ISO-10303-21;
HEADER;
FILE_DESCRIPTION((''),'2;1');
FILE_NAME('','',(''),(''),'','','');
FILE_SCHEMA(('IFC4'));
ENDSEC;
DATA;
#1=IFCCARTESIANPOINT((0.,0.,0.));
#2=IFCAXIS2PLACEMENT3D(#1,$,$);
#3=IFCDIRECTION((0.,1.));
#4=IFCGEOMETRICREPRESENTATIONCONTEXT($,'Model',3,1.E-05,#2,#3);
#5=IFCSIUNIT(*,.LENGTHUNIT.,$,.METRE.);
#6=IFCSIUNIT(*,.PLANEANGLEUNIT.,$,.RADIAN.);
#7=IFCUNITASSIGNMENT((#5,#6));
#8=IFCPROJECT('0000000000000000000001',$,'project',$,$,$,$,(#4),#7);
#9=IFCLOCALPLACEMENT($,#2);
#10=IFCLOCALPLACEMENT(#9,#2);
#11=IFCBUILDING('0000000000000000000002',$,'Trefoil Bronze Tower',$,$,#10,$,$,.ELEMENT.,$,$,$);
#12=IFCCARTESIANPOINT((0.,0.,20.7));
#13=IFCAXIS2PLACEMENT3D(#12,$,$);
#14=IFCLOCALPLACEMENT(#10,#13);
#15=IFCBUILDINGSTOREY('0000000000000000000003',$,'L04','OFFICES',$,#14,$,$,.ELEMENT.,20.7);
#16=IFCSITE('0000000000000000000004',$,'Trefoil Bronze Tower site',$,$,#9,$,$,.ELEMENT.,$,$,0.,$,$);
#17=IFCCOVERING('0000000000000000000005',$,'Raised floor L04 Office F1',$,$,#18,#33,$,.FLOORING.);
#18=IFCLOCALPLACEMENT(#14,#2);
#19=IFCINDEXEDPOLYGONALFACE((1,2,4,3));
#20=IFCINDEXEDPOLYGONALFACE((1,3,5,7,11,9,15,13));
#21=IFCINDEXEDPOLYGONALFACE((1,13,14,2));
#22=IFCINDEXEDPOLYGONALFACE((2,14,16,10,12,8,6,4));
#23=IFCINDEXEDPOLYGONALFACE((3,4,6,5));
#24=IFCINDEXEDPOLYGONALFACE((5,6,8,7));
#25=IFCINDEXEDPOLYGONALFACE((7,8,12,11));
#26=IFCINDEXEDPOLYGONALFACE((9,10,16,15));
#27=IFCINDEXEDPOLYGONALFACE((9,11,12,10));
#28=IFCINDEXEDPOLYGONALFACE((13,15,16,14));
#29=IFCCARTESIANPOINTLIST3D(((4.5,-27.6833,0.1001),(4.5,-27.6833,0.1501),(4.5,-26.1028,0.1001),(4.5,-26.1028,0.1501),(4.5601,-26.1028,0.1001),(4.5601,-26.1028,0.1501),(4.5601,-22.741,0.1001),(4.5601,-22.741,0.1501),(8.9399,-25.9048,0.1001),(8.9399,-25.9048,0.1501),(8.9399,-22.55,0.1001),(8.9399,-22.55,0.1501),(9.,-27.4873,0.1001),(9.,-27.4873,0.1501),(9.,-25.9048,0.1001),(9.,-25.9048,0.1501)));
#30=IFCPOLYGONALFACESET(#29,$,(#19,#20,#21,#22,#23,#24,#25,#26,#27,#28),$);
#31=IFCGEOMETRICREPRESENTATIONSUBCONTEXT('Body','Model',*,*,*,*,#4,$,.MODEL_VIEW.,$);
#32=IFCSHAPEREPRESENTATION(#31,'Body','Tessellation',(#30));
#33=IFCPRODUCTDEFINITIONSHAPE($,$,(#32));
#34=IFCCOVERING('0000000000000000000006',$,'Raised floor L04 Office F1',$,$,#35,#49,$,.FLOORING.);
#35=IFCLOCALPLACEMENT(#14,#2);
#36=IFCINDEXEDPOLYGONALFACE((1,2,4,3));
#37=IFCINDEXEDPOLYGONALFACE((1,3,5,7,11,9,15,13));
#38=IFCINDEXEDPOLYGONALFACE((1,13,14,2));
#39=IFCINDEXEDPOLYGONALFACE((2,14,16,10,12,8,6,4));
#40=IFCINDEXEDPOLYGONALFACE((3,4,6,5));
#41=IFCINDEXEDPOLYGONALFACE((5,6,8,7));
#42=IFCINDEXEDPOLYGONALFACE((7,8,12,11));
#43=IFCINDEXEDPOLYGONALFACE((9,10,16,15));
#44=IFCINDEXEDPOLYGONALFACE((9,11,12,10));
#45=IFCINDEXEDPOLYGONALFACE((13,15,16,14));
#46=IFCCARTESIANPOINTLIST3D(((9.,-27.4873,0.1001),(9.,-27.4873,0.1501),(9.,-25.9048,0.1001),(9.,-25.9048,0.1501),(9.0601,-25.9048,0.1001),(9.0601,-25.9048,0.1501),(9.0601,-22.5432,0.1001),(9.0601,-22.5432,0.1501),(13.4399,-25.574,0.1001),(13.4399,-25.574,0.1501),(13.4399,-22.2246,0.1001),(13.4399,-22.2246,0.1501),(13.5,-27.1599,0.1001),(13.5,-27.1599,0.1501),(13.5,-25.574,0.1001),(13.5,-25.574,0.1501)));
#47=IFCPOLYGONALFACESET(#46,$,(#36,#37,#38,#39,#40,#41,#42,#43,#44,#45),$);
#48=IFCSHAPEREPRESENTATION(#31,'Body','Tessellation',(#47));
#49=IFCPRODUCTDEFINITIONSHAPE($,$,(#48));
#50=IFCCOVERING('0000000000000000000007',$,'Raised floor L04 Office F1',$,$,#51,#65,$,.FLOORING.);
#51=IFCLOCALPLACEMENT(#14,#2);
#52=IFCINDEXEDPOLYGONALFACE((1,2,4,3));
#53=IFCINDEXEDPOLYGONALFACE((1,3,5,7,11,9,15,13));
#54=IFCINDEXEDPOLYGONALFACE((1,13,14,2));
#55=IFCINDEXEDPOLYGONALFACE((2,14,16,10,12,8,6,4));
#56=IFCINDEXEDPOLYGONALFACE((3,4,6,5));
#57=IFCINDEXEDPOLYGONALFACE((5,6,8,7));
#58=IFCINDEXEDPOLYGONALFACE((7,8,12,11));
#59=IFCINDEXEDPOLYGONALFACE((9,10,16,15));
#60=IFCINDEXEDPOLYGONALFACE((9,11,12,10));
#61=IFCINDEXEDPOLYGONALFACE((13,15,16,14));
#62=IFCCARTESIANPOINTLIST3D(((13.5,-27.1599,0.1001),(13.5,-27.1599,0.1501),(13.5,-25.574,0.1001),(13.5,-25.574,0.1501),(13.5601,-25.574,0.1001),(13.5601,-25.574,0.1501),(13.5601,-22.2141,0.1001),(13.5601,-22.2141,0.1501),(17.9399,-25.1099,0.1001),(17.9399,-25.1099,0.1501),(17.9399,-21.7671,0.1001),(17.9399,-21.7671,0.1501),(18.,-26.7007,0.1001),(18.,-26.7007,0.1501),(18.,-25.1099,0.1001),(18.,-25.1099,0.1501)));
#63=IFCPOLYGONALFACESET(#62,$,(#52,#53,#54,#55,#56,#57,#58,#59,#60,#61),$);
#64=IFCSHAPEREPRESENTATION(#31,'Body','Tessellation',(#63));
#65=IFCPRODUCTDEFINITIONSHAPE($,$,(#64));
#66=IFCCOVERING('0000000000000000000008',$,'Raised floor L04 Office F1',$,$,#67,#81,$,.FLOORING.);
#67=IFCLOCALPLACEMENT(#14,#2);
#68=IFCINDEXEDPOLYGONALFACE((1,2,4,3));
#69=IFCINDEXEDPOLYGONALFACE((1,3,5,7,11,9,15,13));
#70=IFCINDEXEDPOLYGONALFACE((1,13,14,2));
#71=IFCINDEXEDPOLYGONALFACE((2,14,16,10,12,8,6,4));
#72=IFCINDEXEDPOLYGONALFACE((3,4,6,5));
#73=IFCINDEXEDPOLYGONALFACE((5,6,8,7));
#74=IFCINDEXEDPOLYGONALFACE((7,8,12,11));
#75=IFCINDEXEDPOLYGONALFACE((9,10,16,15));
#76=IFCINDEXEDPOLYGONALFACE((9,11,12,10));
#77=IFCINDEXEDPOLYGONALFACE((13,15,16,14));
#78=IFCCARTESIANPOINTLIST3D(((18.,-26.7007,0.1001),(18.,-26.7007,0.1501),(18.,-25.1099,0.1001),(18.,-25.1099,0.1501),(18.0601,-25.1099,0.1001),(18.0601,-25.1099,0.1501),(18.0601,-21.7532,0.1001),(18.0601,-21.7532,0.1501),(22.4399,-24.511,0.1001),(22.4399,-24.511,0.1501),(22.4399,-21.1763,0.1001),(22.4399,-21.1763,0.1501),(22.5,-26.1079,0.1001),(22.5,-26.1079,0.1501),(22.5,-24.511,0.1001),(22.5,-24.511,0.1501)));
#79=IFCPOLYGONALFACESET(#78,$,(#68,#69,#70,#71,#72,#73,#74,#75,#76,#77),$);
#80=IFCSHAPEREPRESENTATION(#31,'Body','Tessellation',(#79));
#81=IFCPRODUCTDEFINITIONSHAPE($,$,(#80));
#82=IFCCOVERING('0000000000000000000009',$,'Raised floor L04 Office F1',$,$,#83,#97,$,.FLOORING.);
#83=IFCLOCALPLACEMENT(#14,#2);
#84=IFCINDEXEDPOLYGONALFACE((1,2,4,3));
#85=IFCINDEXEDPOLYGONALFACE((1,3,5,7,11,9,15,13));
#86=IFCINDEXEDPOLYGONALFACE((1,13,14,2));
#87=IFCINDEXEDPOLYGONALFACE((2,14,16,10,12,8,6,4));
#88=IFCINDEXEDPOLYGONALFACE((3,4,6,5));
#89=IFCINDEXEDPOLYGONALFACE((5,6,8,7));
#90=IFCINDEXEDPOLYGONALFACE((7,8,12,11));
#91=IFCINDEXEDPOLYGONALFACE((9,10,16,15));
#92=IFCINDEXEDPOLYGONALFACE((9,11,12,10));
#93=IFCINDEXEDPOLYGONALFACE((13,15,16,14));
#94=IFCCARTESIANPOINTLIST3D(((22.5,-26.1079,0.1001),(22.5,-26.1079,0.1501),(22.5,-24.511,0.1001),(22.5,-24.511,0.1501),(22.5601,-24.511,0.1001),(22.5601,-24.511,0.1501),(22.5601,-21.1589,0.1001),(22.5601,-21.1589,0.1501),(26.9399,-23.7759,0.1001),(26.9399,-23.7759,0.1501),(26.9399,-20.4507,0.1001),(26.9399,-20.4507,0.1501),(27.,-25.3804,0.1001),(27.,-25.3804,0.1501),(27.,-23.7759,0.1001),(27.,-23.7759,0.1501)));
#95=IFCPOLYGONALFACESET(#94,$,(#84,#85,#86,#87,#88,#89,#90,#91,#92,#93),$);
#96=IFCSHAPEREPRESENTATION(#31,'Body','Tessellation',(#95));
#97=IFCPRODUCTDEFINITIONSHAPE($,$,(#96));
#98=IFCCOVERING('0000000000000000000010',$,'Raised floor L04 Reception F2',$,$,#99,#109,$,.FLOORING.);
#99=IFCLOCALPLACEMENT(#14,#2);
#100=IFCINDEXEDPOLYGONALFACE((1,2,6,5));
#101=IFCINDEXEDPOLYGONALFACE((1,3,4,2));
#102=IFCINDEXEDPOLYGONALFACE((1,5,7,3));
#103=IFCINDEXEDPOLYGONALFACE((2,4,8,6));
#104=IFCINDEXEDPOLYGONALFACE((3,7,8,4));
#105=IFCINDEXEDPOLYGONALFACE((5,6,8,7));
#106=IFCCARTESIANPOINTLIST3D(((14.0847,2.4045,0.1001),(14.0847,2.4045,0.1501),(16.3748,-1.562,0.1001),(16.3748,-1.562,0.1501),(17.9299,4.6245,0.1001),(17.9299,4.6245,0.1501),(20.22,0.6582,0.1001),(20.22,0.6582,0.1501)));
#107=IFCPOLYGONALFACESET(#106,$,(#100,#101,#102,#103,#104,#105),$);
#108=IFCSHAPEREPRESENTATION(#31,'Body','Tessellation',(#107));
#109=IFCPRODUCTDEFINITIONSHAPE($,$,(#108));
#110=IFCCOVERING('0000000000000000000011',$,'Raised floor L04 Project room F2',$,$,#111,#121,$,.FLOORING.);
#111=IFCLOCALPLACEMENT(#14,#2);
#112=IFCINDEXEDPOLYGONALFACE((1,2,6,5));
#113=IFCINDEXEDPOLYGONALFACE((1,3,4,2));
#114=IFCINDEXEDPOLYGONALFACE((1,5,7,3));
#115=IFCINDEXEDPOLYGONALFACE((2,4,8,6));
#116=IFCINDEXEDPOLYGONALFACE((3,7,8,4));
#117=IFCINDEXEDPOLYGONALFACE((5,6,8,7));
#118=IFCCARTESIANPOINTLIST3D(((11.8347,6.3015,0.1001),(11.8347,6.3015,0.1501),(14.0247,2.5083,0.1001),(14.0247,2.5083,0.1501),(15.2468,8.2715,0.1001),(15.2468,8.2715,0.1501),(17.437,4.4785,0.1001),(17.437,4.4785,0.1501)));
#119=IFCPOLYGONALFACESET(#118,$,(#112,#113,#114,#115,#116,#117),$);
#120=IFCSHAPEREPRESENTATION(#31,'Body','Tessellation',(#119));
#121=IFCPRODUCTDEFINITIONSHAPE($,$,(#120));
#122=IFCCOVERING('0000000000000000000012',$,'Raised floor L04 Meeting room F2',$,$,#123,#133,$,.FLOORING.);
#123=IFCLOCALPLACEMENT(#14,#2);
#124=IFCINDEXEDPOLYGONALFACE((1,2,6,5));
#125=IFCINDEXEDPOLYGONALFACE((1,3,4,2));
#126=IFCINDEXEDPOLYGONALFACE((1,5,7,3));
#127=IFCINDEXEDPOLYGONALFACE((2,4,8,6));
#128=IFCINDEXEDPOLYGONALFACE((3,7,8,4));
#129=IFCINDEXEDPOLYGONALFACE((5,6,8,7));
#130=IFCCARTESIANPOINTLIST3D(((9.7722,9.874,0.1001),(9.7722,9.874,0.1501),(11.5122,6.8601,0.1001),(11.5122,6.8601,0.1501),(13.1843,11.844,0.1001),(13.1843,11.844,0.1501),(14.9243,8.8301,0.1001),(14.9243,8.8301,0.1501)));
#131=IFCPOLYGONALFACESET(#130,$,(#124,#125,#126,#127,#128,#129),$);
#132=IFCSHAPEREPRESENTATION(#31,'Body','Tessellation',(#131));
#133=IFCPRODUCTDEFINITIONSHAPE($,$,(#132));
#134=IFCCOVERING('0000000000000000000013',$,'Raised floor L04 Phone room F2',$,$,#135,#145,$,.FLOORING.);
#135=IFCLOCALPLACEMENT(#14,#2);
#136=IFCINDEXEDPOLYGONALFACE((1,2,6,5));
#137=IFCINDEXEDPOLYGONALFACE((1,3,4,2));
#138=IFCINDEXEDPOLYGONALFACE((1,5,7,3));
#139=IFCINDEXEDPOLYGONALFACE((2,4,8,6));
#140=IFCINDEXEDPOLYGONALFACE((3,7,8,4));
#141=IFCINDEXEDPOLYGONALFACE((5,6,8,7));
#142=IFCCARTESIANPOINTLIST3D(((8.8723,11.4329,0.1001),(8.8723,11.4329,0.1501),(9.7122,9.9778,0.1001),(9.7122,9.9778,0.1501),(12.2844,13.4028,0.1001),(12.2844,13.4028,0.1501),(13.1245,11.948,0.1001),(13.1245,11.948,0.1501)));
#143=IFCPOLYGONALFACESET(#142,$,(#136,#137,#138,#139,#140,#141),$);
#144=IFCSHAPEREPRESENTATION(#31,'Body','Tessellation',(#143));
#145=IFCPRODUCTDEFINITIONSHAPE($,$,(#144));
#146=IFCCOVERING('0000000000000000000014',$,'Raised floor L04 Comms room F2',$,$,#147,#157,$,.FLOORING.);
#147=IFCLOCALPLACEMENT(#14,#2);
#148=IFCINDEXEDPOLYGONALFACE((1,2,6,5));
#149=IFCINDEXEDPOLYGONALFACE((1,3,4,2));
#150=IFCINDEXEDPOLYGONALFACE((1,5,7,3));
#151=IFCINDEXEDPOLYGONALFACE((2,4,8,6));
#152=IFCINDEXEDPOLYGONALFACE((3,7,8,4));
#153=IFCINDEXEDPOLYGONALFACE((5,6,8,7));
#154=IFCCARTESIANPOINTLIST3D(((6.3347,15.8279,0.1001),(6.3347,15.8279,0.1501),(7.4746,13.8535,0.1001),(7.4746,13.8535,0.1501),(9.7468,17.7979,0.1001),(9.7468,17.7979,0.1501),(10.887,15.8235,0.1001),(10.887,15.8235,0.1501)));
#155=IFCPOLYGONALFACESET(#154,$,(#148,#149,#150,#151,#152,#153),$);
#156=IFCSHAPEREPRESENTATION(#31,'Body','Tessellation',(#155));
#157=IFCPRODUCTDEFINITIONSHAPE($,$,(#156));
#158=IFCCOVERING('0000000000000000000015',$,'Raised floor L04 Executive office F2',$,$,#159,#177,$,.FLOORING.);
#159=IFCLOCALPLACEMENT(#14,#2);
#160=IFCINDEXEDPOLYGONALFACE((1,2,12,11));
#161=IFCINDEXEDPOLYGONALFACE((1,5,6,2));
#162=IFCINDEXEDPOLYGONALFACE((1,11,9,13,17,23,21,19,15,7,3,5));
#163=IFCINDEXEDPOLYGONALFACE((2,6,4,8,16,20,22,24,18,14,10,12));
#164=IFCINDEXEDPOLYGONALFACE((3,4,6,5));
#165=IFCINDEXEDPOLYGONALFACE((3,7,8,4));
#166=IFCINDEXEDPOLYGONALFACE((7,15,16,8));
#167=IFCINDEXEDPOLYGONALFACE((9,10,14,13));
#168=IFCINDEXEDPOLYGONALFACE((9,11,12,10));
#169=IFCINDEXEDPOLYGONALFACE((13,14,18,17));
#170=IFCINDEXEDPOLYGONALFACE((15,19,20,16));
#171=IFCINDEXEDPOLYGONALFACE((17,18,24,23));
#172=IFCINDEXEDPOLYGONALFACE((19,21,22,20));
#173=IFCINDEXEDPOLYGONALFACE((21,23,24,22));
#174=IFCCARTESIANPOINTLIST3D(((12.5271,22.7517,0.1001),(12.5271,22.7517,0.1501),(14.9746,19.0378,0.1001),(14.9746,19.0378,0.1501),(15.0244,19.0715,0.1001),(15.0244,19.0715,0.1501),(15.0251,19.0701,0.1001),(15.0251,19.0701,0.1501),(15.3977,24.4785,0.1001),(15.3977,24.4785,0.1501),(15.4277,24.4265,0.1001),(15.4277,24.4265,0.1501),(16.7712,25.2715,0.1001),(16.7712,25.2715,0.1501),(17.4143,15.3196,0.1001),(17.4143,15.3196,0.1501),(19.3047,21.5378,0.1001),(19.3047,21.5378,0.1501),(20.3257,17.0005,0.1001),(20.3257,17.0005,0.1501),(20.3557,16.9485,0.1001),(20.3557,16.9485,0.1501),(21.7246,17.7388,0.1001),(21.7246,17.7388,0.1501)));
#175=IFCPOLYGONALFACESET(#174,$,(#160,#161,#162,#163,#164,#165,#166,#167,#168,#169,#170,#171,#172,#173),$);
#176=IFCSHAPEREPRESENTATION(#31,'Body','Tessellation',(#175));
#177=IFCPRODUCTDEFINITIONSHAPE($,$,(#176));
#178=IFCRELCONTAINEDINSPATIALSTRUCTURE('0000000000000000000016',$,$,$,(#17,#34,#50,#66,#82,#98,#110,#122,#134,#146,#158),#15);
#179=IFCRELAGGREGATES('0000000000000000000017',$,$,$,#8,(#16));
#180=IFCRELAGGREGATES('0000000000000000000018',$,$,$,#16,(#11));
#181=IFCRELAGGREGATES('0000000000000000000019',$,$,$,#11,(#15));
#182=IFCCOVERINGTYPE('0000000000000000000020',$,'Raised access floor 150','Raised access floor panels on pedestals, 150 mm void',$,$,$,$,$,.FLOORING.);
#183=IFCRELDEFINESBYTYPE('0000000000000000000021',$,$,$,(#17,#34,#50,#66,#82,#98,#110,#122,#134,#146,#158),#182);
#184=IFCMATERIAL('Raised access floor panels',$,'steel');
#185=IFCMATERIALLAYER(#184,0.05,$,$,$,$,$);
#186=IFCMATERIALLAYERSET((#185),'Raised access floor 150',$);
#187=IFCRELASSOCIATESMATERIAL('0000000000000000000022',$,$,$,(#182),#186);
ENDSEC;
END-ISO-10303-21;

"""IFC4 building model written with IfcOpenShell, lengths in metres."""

from ifc_helpers import new_model, si_unit, direction, frame, origin, place, context, subcontext, project, spatial, polyline, outline, extrude, material, layer, layer_set, type_object, element, save


model = new_model("IFC4")

# Units and contexts
model_context = context("Model", 3, precision=1e-05, world=origin(), true_north=direction((0.0, 1.0)))
body_context = subcontext(model_context, "Body", "Model", "MODEL_VIEW")
ifc_project = project(units=[si_unit("LENGTHUNIT", "METRE"), si_unit("PLANEANGLEUNIT", "RADIAN")], contexts=[model_context])

# Site, building, storey
site_placement = place(None, origin())
site = spatial("IfcSite", under=ifc_project, at=site_placement, Name="Trefoil Bronze Tower site", CompositionType="ELEMENT", RefElevation=0.0)
building_placement = place(site_placement, origin())
building = spatial("IfcBuilding", under=site, at=building_placement, Name="Trefoil Bronze Tower", CompositionType="ELEMENT")
storey_placement = place(building_placement, frame((0.0, 0.0, 20.7)))
storey = spatial("IfcBuildingStorey", under=building, at=storey_placement, Name="L04", Description="OFFICES", CompositionType="ELEMENT", Elevation=20.7)

# Coverings
ifc_material_1 = material(Name="Raised access floor panels", Category="steel")
ifc_layer_1 = layer(ifc_material_1, 0.05)
ifc_layer_set_1 = layer_set([ifc_layer_1], Name="Raised access floor 150")
covering_type_1 = type_object("IfcCoveringType", Name="Raised access floor 150", Description="Raised access floor panels on pedestals, 150 mm void", PredefinedType="FLOORING", material=ifc_layer_set_1)
covering_1_placement = place(storey_placement, frame((0.0, 0.0, 0.1001)))
element("IfcCovering", 1, at=covering_1_placement, inside=storey, type_object=covering_type_1, Name="Raised floor L04 Office F1", PredefinedType="FLOORING", context=body_context, shape_type="SweptSolid", body=[
    extrude(outline(polyline([(9.0, -27.4873), (4.5, -27.6833), (4.5, -26.1028), (4.5601, -26.1028), (4.5601, -22.741), (8.9399, -22.55), (8.9399, -25.9048), (9.0, -25.9048), (9.0, -27.4873)])), origin(), (0.0, 0.0, 1.0), 0.05),
])
covering_2_placement = place(storey_placement, frame((0.0, 0.0, 0.1001)))
element("IfcCovering", 2, at=covering_2_placement, inside=storey, type_object=covering_type_1, Name="Raised floor L04 Office F1", PredefinedType="FLOORING", context=body_context, shape_type="SweptSolid", body=[
    extrude(outline(polyline([(13.5, -27.1599), (9.0, -27.4873), (9.0, -25.9048), (9.0601, -25.9048), (9.0601, -22.5432), (13.4399, -22.2246), (13.4399, -25.574), (13.5, -25.574), (13.5, -27.1599)])), origin(), (0.0, 0.0, 1.0), 0.05),
])
covering_3_placement = place(storey_placement, frame((0.0, 0.0, 0.1001)))
element("IfcCovering", 3, at=covering_3_placement, inside=storey, type_object=covering_type_1, Name="Raised floor L04 Office F1", PredefinedType="FLOORING", context=body_context, shape_type="SweptSolid", body=[
    extrude(outline(polyline([(18.0, -26.7007), (13.5, -27.1599), (13.5, -25.574), (13.5601, -25.574), (13.5601, -22.2141), (17.9399, -21.7671), (17.9399, -25.1099), (18.0, -25.1099), (18.0, -26.7007)])), origin(), (0.0, 0.0, 1.0), 0.05),
])
covering_4_placement = place(storey_placement, frame((0.0, 0.0, 0.1001)))
element("IfcCovering", 4, at=covering_4_placement, inside=storey, type_object=covering_type_1, Name="Raised floor L04 Office F1", PredefinedType="FLOORING", context=body_context, shape_type="SweptSolid", body=[
    extrude(outline(polyline([(22.5, -26.1079), (18.0, -26.7007), (18.0, -25.1099), (18.0601, -25.1099), (18.0601, -21.7532), (22.4399, -21.1763), (22.4399, -24.511), (22.5, -24.511), (22.5, -26.1079)])), origin(), (0.0, 0.0, 1.0), 0.05),
])
covering_5_placement = place(storey_placement, frame((0.0, 0.0, 0.1001)))
element("IfcCovering", 5, at=covering_5_placement, inside=storey, type_object=covering_type_1, Name="Raised floor L04 Office F1", PredefinedType="FLOORING", context=body_context, shape_type="SweptSolid", body=[
    extrude(outline(polyline([(27.0, -25.3804), (22.5, -26.1079), (22.5, -24.511), (22.5601, -24.511), (22.5601, -21.1589), (26.9399, -20.4507), (26.9399, -23.7759), (27.0, -23.7759), (27.0, -25.3804)])), origin(), (0.0, 0.0, 1.0), 0.05),
])
covering_6_placement = place(storey_placement, frame((0.0, 0.0, 0.1001)))
element("IfcCovering", 6, at=covering_6_placement, inside=storey, type_object=covering_type_1, Name="Raised floor L04 Reception F2", PredefinedType="FLOORING", context=body_context, shape_type="SweptSolid", body=[
    extrude(outline(polyline([(14.0847, 2.4045), (17.9299, 4.6245), (20.22, 0.6582), (16.3748, -1.562), (14.0847, 2.4045)])), origin(), (0.0, 0.0, 1.0), 0.05),
])
covering_7_placement = place(storey_placement, frame((0.0, 0.0, 0.1001)))
element("IfcCovering", 7, at=covering_7_placement, inside=storey, type_object=covering_type_1, Name="Raised floor L04 Project room F2", PredefinedType="FLOORING", context=body_context, shape_type="SweptSolid", body=[
    extrude(outline(polyline([(11.8347, 6.3015), (15.2468, 8.2715), (17.437, 4.4785), (14.0247, 2.5083), (11.8347, 6.3015)])), origin(), (0.0, 0.0, 1.0), 0.05),
])
covering_8_placement = place(storey_placement, frame((0.0, 0.0, 0.1001)))
element("IfcCovering", 8, at=covering_8_placement, inside=storey, type_object=covering_type_1, Name="Raised floor L04 Meeting room F2", PredefinedType="FLOORING", context=body_context, shape_type="SweptSolid", body=[
    extrude(outline(polyline([(9.7722, 9.874), (13.1843, 11.844), (14.9243, 8.8301), (11.5122, 6.8601), (9.7722, 9.874)])), origin(), (0.0, 0.0, 1.0), 0.05),
])
covering_9_placement = place(storey_placement, frame((0.0, 0.0, 0.1001)))
element("IfcCovering", 9, at=covering_9_placement, inside=storey, type_object=covering_type_1, Name="Raised floor L04 Phone room F2", PredefinedType="FLOORING", context=body_context, shape_type="SweptSolid", body=[
    extrude(outline(polyline([(8.8723, 11.4329), (12.2844, 13.4028), (13.1245, 11.948), (9.7122, 9.9778), (8.8723, 11.4329)])), origin(), (0.0, 0.0, 1.0), 0.05),
])
covering_10_placement = place(storey_placement, frame((0.0, 0.0, 0.1001)))
element("IfcCovering", 10, at=covering_10_placement, inside=storey, type_object=covering_type_1, Name="Raised floor L04 Comms room F2", PredefinedType="FLOORING", context=body_context, shape_type="SweptSolid", body=[
    extrude(outline(polyline([(6.3347, 15.8279), (9.7468, 17.7979), (10.887, 15.8235), (7.4746, 13.8535), (6.3347, 15.8279)])), origin(), (0.0, 0.0, 1.0), 0.05),
])
covering_11_placement = place(storey_placement, frame((0.0, 0.0, 0.1001)))
element("IfcCovering", 11, at=covering_11_placement, inside=storey, type_object=covering_type_1, Name="Raised floor L04 Executive office F2", PredefinedType="FLOORING", context=body_context, shape_type="SweptSolid", body=[
    extrude(outline(polyline([(21.7246, 17.7388), (20.3557, 16.9485), (20.3257, 17.0005), (17.4143, 15.3196), (15.0251, 19.0701), (14.9746, 19.0378), (15.0244, 19.0715), (12.5271, 22.7517), (15.4277, 24.4265), (15.3977, 24.4785), (16.7712, 25.2715), (19.3047, 21.5378), (21.7246, 17.7388)])), origin(), (0.0, 0.0, 1.0), 0.05),
])

save(model, "model.ifc")
